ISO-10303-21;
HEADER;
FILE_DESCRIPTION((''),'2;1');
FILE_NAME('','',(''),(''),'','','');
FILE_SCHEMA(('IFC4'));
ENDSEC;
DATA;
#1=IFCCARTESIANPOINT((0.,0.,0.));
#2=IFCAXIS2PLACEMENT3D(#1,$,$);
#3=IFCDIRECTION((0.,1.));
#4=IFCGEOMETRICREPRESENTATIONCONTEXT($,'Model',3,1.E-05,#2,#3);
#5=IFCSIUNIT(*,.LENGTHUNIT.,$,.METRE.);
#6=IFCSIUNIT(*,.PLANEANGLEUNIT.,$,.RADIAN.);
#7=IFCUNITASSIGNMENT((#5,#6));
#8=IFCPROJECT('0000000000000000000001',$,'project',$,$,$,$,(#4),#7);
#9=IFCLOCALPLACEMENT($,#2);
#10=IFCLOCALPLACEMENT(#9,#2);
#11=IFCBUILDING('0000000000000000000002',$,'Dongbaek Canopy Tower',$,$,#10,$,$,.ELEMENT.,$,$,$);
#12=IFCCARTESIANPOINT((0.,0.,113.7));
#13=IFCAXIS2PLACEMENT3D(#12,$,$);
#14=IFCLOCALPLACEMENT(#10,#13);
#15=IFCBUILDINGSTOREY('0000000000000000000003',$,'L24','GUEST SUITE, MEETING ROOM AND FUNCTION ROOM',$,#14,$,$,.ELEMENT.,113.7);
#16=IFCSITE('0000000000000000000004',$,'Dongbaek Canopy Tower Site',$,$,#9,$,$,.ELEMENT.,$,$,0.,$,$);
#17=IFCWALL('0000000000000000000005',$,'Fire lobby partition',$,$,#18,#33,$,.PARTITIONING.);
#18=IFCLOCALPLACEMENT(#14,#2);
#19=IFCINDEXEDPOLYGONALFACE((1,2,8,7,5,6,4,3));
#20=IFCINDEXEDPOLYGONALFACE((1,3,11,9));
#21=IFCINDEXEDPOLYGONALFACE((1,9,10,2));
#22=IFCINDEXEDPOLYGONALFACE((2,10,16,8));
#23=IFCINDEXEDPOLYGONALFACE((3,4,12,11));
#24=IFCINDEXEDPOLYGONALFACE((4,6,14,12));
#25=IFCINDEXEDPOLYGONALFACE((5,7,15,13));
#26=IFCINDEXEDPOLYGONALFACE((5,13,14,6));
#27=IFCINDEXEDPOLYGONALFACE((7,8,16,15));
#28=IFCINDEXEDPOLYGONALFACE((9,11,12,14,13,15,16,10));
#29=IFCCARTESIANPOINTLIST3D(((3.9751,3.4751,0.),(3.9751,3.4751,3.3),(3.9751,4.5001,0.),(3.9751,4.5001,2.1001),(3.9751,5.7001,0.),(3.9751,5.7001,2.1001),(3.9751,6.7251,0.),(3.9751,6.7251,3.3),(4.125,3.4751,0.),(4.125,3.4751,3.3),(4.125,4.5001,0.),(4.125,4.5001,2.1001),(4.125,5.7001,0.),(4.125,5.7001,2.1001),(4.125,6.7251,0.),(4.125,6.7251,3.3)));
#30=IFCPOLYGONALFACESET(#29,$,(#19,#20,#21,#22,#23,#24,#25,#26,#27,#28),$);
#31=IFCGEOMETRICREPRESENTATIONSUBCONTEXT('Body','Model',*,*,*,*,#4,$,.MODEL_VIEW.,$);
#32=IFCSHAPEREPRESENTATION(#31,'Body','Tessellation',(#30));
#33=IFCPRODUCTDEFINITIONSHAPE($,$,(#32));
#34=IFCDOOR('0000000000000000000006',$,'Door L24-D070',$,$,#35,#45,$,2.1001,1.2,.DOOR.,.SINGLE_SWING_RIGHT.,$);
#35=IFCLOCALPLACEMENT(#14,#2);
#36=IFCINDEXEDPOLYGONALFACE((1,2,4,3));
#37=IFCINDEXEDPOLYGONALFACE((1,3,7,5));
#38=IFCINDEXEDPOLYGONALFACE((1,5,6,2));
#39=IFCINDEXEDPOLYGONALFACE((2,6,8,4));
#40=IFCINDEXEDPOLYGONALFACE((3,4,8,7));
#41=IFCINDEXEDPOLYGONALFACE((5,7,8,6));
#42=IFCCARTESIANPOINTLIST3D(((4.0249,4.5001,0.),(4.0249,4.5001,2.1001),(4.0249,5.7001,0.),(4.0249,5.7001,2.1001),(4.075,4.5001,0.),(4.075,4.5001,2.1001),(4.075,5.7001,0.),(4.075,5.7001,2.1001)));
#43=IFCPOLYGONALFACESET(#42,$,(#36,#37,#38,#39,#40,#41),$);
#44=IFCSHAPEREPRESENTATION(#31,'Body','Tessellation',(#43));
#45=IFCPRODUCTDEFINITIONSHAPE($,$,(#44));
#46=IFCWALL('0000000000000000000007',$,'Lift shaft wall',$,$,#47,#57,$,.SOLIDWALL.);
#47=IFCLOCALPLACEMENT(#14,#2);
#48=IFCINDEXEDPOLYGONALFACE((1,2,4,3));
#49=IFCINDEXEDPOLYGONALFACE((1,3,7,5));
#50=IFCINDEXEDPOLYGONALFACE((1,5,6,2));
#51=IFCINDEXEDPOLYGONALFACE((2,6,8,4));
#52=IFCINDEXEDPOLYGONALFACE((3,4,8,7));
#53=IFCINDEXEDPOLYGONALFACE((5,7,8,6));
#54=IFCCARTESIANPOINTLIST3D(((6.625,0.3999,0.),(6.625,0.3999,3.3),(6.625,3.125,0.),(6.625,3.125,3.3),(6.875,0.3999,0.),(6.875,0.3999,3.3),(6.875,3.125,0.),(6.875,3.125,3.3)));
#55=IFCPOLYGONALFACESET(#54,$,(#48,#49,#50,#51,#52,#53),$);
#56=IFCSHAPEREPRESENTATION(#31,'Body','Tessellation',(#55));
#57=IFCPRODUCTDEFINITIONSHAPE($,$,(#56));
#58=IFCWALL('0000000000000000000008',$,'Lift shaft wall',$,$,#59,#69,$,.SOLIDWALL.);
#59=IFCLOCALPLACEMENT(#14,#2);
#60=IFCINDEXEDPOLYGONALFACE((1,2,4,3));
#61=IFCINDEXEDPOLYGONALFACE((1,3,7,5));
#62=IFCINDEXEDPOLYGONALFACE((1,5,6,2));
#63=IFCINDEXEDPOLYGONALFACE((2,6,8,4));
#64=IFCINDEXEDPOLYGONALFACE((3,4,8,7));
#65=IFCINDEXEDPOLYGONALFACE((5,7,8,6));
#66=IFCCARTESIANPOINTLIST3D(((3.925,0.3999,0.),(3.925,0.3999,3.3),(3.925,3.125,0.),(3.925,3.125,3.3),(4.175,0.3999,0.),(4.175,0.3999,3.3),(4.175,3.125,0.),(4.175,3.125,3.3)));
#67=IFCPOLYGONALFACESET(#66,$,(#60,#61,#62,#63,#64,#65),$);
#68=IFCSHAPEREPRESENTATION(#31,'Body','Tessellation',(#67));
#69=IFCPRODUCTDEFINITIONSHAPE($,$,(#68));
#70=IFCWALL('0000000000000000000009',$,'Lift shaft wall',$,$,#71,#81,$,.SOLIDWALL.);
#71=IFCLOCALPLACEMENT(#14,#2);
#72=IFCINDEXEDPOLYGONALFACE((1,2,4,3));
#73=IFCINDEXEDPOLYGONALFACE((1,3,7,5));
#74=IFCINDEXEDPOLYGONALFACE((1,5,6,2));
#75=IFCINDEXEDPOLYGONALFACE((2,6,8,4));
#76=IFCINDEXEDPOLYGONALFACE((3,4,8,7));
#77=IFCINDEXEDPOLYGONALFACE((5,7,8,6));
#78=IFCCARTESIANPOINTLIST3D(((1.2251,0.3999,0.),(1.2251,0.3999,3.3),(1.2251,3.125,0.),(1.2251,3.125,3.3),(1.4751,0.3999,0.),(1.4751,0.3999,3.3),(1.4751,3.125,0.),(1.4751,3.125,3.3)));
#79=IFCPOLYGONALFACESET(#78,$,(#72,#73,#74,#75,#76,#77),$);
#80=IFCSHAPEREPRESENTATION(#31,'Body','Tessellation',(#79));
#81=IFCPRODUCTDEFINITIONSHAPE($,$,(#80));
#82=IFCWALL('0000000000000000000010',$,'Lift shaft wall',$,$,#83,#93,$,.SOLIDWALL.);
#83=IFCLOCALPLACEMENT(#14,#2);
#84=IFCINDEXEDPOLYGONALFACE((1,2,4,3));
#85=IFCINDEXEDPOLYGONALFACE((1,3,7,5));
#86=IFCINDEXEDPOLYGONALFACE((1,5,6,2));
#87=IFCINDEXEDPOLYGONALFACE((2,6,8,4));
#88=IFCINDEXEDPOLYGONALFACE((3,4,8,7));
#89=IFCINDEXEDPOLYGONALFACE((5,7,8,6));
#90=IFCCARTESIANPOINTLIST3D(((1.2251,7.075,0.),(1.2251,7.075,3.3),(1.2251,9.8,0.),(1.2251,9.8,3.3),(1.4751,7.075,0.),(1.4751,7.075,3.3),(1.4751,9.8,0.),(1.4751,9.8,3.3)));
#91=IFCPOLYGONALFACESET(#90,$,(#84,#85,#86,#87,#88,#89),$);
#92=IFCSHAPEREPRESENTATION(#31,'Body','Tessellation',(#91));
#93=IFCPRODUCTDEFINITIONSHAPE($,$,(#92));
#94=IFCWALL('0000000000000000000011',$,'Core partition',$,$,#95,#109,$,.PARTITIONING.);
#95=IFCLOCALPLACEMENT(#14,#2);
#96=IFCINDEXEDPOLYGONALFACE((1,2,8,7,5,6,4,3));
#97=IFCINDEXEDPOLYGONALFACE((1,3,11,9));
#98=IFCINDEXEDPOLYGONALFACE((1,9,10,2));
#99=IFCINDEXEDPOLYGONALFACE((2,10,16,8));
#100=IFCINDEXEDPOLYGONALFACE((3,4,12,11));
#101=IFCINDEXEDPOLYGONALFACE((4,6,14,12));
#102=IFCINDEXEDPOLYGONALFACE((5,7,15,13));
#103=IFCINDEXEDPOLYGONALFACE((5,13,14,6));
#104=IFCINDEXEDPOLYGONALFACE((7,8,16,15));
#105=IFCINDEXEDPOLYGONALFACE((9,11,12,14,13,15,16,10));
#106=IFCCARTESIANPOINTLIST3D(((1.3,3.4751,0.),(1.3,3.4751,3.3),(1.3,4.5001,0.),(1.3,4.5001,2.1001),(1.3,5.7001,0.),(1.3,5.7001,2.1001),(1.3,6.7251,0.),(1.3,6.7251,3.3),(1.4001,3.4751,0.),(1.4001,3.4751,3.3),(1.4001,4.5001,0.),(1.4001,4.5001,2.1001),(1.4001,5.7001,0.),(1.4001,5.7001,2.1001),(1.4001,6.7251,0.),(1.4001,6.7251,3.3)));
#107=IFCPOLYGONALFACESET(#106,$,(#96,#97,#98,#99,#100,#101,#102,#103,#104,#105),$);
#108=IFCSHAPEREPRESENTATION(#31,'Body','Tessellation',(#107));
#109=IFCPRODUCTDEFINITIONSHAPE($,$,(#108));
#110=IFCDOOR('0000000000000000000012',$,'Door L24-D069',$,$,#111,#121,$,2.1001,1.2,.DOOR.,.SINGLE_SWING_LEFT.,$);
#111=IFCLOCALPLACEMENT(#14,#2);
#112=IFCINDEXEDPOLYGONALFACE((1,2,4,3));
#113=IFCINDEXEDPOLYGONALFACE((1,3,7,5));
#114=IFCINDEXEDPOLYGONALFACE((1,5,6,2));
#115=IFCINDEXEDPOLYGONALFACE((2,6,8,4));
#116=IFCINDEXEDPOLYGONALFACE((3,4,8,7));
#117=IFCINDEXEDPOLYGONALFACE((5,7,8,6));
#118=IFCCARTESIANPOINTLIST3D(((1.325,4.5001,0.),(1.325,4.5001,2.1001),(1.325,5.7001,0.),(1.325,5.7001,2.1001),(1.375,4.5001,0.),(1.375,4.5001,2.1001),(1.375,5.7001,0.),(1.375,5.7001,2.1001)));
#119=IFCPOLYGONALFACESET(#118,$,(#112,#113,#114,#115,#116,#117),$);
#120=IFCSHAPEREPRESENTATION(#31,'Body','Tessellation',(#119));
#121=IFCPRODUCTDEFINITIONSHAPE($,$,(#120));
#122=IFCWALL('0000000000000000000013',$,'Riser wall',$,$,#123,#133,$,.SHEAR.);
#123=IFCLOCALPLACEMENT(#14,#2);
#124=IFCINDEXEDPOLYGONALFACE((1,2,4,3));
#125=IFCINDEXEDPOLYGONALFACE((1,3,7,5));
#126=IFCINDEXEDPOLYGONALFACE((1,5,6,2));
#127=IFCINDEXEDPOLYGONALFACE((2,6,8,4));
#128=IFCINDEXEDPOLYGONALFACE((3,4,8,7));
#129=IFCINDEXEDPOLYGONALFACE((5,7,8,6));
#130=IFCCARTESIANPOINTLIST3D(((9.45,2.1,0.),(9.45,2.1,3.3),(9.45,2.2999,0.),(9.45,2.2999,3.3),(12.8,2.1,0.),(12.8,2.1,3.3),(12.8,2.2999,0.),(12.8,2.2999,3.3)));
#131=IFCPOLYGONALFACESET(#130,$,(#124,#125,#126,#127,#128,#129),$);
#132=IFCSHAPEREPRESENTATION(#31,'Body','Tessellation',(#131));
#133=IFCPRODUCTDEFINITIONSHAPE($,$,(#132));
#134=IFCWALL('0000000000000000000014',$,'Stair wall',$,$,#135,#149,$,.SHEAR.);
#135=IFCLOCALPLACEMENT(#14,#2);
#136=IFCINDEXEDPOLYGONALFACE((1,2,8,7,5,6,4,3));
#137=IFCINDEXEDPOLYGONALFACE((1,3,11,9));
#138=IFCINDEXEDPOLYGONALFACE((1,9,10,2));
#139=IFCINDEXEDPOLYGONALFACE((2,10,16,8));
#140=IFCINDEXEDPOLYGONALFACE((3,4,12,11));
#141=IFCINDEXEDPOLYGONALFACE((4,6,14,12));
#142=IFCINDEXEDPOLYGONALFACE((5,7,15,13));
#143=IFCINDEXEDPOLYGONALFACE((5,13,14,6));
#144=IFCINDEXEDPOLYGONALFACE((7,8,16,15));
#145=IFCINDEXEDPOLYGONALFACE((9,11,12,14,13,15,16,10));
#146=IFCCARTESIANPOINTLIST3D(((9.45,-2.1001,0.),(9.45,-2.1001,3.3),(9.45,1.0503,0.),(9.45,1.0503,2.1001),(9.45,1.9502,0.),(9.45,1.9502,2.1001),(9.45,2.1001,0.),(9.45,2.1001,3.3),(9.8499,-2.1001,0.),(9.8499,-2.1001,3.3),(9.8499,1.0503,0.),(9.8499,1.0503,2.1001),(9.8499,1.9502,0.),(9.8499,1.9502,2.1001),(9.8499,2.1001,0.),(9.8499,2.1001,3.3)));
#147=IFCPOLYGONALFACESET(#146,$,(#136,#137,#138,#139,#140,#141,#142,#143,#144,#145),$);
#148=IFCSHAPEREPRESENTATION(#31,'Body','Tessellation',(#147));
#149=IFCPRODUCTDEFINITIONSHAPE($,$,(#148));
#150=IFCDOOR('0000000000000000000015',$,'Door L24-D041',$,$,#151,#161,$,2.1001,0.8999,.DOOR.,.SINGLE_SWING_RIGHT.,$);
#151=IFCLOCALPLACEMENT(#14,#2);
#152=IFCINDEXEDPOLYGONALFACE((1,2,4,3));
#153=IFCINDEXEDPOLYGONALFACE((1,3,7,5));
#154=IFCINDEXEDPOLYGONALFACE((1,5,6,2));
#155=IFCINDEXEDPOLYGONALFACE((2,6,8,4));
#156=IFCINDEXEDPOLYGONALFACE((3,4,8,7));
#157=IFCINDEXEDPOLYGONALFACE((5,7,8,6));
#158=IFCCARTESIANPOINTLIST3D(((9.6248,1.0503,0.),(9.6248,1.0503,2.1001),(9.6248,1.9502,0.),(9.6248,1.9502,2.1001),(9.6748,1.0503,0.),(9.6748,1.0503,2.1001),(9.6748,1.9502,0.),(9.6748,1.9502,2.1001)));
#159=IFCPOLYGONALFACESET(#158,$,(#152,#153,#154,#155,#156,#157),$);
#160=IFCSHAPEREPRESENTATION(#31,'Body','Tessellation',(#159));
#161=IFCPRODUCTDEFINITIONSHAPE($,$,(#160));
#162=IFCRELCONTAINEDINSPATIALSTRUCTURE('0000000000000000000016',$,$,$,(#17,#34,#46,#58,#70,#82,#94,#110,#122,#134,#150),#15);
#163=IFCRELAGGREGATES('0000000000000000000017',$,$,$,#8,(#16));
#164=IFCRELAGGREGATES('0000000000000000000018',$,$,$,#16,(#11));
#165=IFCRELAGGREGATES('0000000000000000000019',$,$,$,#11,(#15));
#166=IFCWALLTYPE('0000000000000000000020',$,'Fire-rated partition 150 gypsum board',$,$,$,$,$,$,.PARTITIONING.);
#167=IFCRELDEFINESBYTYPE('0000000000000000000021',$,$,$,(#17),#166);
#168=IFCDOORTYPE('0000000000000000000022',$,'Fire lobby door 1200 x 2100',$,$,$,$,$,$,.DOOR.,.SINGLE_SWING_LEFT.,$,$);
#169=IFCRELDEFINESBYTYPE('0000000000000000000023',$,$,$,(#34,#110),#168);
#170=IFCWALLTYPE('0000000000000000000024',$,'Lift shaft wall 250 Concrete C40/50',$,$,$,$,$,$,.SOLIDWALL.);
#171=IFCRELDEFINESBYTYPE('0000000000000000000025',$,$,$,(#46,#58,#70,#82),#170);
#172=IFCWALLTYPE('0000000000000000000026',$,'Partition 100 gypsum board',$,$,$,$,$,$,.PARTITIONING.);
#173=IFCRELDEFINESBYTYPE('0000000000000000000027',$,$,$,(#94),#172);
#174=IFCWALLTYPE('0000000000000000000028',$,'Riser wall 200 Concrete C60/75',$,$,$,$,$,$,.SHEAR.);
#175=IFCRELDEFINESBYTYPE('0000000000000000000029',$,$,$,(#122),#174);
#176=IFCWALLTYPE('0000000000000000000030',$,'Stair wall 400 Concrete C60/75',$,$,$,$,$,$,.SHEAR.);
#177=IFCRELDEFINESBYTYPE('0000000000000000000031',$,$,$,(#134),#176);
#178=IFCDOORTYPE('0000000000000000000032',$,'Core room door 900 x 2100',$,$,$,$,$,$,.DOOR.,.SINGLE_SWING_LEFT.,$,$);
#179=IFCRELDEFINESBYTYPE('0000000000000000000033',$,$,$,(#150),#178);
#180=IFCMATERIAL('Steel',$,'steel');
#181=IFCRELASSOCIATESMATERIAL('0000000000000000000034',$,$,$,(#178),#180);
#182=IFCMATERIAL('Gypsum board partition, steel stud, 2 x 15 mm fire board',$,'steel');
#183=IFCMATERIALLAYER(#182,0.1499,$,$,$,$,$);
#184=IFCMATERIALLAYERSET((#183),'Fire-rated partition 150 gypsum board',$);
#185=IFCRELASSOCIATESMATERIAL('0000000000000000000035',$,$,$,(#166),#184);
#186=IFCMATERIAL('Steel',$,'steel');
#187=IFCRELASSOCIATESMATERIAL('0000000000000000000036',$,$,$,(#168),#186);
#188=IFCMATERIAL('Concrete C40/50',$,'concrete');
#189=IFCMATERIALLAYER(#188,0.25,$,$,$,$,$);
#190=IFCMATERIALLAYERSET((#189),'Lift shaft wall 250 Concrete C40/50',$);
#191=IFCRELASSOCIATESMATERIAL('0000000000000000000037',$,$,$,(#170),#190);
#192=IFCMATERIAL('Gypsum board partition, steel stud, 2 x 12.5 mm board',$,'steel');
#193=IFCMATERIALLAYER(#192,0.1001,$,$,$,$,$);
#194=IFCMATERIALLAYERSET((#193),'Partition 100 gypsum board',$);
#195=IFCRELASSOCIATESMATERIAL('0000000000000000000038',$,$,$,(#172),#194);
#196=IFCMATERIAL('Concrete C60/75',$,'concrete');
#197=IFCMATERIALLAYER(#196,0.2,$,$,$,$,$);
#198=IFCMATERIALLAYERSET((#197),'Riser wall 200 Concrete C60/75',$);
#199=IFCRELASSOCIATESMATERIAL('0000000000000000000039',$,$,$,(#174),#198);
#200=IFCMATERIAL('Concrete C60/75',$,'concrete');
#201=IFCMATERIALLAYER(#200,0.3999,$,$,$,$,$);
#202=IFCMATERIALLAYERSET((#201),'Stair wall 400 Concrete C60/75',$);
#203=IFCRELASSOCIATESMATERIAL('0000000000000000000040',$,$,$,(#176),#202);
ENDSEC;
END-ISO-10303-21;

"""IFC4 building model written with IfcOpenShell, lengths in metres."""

from ifc_helpers import new_model, si_unit, direction, frame, frame_2d, origin, place, context, subcontext, project, spatial, rectangle, extrude, material, layer, layer_set, type_object, element, fill, save


model = new_model("IFC4")

# Units and contexts
model_context = context("Model", 3, precision=1e-05, world=origin(), true_north=direction((0.0, 1.0)))
body_context = subcontext(model_context, "Body", "Model", "MODEL_VIEW")
ifc_project = project(units=[si_unit("LENGTHUNIT", "METRE"), si_unit("PLANEANGLEUNIT", "RADIAN")], contexts=[model_context])

# Site, building, storey
site_placement = place(None, origin())
site = spatial("IfcSite", under=ifc_project, at=site_placement, Name="Dongbaek Canopy Tower Site", CompositionType="ELEMENT", RefElevation=0.0)
building_placement = place(site_placement, origin())
building = spatial("IfcBuilding", under=site, at=building_placement, Name="Dongbaek Canopy Tower", CompositionType="ELEMENT")
storey_placement = place(building_placement, frame((0.0, 0.0, 113.7)))
storey = spatial("IfcBuildingStorey", under=building, at=storey_placement, Name="L24", Description="GUEST SUITE, MEETING ROOM AND FUNCTION ROOM", CompositionType="ELEMENT", Elevation=113.7)

# Shared definitions
ifc_material_1 = material(Name="Steel", Category="steel")
door_type_1 = type_object("IfcDoorType", Name="Core room door 900 x 2100", OperationType="SINGLE_SWING_LEFT", PredefinedType="DOOR", material=ifc_material_1)

# Wall, opening, door
ifc_material_2 = material(Name="Gypsum board partition, steel stud, 2 x 15 mm fire board", Category="steel")
ifc_layer_1 = layer(ifc_material_2, 0.1499)
ifc_layer_set_1 = layer_set([ifc_layer_1], Name="Fire-rated partition 150 gypsum board")
wall_type_1 = type_object("IfcWallType", Name="Fire-rated partition 150 gypsum board", PredefinedType="PARTITIONING", material=ifc_layer_set_1)
wall_1_placement = place(storey_placement, frame((4.05, 6.7251, 0.0), z_axis=(0.0, 0.0, 1.0), x_axis=(0.0, -1.0, 0.0)))
wall_1 = element("IfcWall", 1, at=wall_1_placement, inside=storey, type_object=wall_type_1, Name="Fire lobby partition", PredefinedType="PARTITIONING", context=body_context, shape_type="SweptSolid", body=[
    extrude(rectangle(XDim=3.25, YDim=0.1499, at=frame_2d((1.625, 0.0))), origin(), (0.0, 0.0, 1.0), 3.3),
])
opening_1_placement = place(wall_1_placement, frame((1.0249, 0.0, 0.0)))
opening_1 = element("IfcOpeningElement", 2, at=opening_1_placement, cuts=wall_1, PredefinedType="OPENING", context=body_context, shape_type="SweptSolid", body=[
    extrude(rectangle(XDim=1.2, YDim=2.1001, at=frame_2d((0.6001, 1.05))), frame((0.0, 0.085, 0.0), z_axis=(0.0, -1.0, 0.0), x_axis=(1.0, 0.0, 0.0)), (0.0, 0.0, 1.0), 0.1699),
])
ifc_material_3 = material(Name="Steel", Category="steel")
door_type_2 = type_object("IfcDoorType", Name="Fire lobby door 1200 x 2100", OperationType="SINGLE_SWING_LEFT", PredefinedType="DOOR", material=ifc_material_3)
door_1_placement = place(opening_1_placement, origin())
door_1 = element("IfcDoor", 3, at=door_1_placement, inside=storey, type_object=door_type_2, Name="Door L24-D070", OperationType="SINGLE_SWING_RIGHT", OverallHeight=2.1001, OverallWidth=1.2, PredefinedType="DOOR", context=body_context, shape_type="SweptSolid", body=[
    extrude(rectangle(XDim=1.2, YDim=2.1001, at=frame_2d((0.6001, 1.05))), frame((0.0, 0.0249, 0.0), z_axis=(0.0, -1.0, 0.0), x_axis=(1.0, 0.0, 0.0)), (0.0, 0.0, 1.0), 0.05),
])
fill(opening_1, door_1)

# Walls
ifc_material_4 = material(Name="Concrete C40/50", Category="concrete")
ifc_layer_2 = layer(ifc_material_4, 0.25)
ifc_layer_set_2 = layer_set([ifc_layer_2], Name="Lift shaft wall 250 Concrete C40/50")
wall_type_2 = type_object("IfcWallType", Name="Lift shaft wall 250 Concrete C40/50", PredefinedType="SOLIDWALL", material=ifc_layer_set_2)
for number, where, z_axis, x_axis, name in (
    (4, (6.75, 0.3999, 0.0), (0.0, 0.0, 1.0), (0.0, 1.0, 0.0), "Lift shaft wall"),
    (5, (4.05, 0.3999, 0.0), (0.0, 0.0, 1.0), (0.0, 1.0, 0.0), "Lift shaft wall"),
    (6, (1.3501, 0.3999, 0.0), (0.0, 0.0, 1.0), (0.0, 1.0, 0.0), "Lift shaft wall"),
    (7, (1.3501, 7.075, 0.0), (0.0, 0.0, 1.0), (0.0, 1.0, 0.0), "Lift shaft wall"),
):
    element("IfcWall", number, at=place(storey_placement, frame(where, z_axis=z_axis, x_axis=x_axis)), inside=storey, type_object=wall_type_2, Name=name, PredefinedType="SOLIDWALL", context=body_context, shape_type="SweptSolid", body=[
        extrude(rectangle(XDim=2.7251, YDim=0.25, at=frame_2d((1.3625, 0.0))), origin(), (0.0, 0.0, 1.0), 3.3),
    ])

# Wall, opening, door
ifc_material_5 = material(Name="Gypsum board partition, steel stud, 2 x 12.5 mm board", Category="steel")
ifc_layer_3 = layer(ifc_material_5, 0.1001)
ifc_layer_set_3 = layer_set([ifc_layer_3], Name="Partition 100 gypsum board")
wall_type_3 = type_object("IfcWallType", Name="Partition 100 gypsum board", PredefinedType="PARTITIONING", material=ifc_layer_set_3)
wall_2_placement = place(storey_placement, frame((1.3501, 6.7251, 0.0), z_axis=(0.0, 0.0, 1.0), x_axis=(0.0, -1.0, 0.0)))
wall_2 = element("IfcWall", 8, at=wall_2_placement, inside=storey, type_object=wall_type_3, Name="Core partition", PredefinedType="PARTITIONING", context=body_context, shape_type="SweptSolid", body=[
    extrude(rectangle(XDim=3.25, YDim=0.1001, at=frame_2d((1.625, 0.0))), origin(), (0.0, 0.0, 1.0), 3.3),
])
opening_2_placement = place(wall_2_placement, frame((1.0249, 0.0, 0.0)))
opening_2 = element("IfcOpeningElement", 9, at=opening_2_placement, cuts=wall_2, PredefinedType="OPENING", context=body_context, shape_type="SweptSolid", body=[
    extrude(rectangle(XDim=1.2, YDim=2.1001, at=frame_2d((0.6001, 1.05))), frame((0.0, 0.0601, 0.0), z_axis=(0.0, -1.0, 0.0), x_axis=(1.0, 0.0, 0.0)), (0.0, 0.0, 1.0), 0.1201),
])
door_2_placement = place(opening_2_placement, origin())
door_2 = element("IfcDoor", 10, at=door_2_placement, inside=storey, type_object=door_type_2, Name="Door L24-D069", OperationType="SINGLE_SWING_LEFT", OverallHeight=2.1001, OverallWidth=1.2, PredefinedType="DOOR", context=body_context, shape_type="SweptSolid", body=[
    extrude(rectangle(XDim=1.2, YDim=2.1001, at=frame_2d((0.6001, 1.05))), frame((0.0, 0.0249, 0.0), z_axis=(0.0, -1.0, 0.0), x_axis=(1.0, 0.0, 0.0)), (0.0, 0.0, 1.0), 0.05),
])
fill(opening_2, door_2)

# Wall
ifc_material_6 = material(Name="Concrete C60/75", Category="concrete")
ifc_layer_4 = layer(ifc_material_6, 0.2)
ifc_layer_set_4 = layer_set([ifc_layer_4], Name="Riser wall 200 Concrete C60/75")
wall_type_4 = type_object("IfcWallType", Name="Riser wall 200 Concrete C60/75", PredefinedType="SHEAR", material=ifc_layer_set_4)
wall_3_placement = place(storey_placement, frame((9.45, 2.2, 0.0), z_axis=(0.0, 0.0, 1.0), x_axis=(1.0, 0.0, 0.0)))
element("IfcWall", 11, at=wall_3_placement, inside=storey, type_object=wall_type_4, Name="Riser wall", PredefinedType="SHEAR", context=body_context, shape_type="SweptSolid", body=[
    extrude(rectangle(XDim=3.3501, YDim=0.2, at=frame_2d((1.675, 0.0))), origin(), (0.0, 0.0, 1.0), 3.3),
])

# Wall, opening, door
ifc_material_7 = material(Name="Concrete C60/75", Category="concrete")
ifc_layer_5 = layer(ifc_material_7, 0.3999)
ifc_layer_set_5 = layer_set([ifc_layer_5], Name="Stair wall 400 Concrete C60/75")
wall_type_5 = type_object("IfcWallType", Name="Stair wall 400 Concrete C60/75", PredefinedType="SHEAR", material=ifc_layer_set_5)
wall_4_placement = place(storey_placement, frame((9.6499, 2.1001, 0.0), z_axis=(0.0, 0.0, 1.0), x_axis=(0.0, -1.0, 0.0)))
wall_4 = element("IfcWall", 12, at=wall_4_placement, inside=storey, type_object=wall_type_5, Name="Stair wall", PredefinedType="SHEAR", context=body_context, shape_type="SweptSolid", body=[
    extrude(rectangle(XDim=4.2002, YDim=0.3999, at=frame_2d((2.1001, 0.0))), origin(), (0.0, 0.0, 1.0), 3.3),
])
opening_3_placement = place(wall_4_placement, frame((0.1499, 0.0, 0.0)))
opening_3 = element("IfcOpeningElement", 13, at=opening_3_placement, cuts=wall_4, PredefinedType="OPENING", context=body_context, shape_type="SweptSolid", body=[
    extrude(rectangle(XDim=0.8999, YDim=2.1001, at=frame_2d((0.45, 1.05))), frame((0.0, 0.21, 0.0), z_axis=(0.0, -1.0, 0.0), x_axis=(1.0, 0.0, 0.0)), (0.0, 0.0, 1.0), 0.4199),
])
door_3_placement = place(opening_3_placement, origin())
door_3 = element("IfcDoor", 14, at=door_3_placement, inside=storey, type_object=door_type_1, Name="Door L24-D041", OperationType="SINGLE_SWING_RIGHT", OverallHeight=2.1001, OverallWidth=0.8999, PredefinedType="DOOR", context=body_context, shape_type="SweptSolid", body=[
    extrude(rectangle(XDim=0.8999, YDim=2.1001, at=frame_2d((0.45, 1.05))), frame((0.0, 0.0249, 0.0), z_axis=(0.0, -1.0, 0.0), x_axis=(1.0, 0.0, 0.0)), (0.0, 0.0, 1.0), 0.05),
])
fill(opening_3, door_3)

save(model, "model.ifc")
